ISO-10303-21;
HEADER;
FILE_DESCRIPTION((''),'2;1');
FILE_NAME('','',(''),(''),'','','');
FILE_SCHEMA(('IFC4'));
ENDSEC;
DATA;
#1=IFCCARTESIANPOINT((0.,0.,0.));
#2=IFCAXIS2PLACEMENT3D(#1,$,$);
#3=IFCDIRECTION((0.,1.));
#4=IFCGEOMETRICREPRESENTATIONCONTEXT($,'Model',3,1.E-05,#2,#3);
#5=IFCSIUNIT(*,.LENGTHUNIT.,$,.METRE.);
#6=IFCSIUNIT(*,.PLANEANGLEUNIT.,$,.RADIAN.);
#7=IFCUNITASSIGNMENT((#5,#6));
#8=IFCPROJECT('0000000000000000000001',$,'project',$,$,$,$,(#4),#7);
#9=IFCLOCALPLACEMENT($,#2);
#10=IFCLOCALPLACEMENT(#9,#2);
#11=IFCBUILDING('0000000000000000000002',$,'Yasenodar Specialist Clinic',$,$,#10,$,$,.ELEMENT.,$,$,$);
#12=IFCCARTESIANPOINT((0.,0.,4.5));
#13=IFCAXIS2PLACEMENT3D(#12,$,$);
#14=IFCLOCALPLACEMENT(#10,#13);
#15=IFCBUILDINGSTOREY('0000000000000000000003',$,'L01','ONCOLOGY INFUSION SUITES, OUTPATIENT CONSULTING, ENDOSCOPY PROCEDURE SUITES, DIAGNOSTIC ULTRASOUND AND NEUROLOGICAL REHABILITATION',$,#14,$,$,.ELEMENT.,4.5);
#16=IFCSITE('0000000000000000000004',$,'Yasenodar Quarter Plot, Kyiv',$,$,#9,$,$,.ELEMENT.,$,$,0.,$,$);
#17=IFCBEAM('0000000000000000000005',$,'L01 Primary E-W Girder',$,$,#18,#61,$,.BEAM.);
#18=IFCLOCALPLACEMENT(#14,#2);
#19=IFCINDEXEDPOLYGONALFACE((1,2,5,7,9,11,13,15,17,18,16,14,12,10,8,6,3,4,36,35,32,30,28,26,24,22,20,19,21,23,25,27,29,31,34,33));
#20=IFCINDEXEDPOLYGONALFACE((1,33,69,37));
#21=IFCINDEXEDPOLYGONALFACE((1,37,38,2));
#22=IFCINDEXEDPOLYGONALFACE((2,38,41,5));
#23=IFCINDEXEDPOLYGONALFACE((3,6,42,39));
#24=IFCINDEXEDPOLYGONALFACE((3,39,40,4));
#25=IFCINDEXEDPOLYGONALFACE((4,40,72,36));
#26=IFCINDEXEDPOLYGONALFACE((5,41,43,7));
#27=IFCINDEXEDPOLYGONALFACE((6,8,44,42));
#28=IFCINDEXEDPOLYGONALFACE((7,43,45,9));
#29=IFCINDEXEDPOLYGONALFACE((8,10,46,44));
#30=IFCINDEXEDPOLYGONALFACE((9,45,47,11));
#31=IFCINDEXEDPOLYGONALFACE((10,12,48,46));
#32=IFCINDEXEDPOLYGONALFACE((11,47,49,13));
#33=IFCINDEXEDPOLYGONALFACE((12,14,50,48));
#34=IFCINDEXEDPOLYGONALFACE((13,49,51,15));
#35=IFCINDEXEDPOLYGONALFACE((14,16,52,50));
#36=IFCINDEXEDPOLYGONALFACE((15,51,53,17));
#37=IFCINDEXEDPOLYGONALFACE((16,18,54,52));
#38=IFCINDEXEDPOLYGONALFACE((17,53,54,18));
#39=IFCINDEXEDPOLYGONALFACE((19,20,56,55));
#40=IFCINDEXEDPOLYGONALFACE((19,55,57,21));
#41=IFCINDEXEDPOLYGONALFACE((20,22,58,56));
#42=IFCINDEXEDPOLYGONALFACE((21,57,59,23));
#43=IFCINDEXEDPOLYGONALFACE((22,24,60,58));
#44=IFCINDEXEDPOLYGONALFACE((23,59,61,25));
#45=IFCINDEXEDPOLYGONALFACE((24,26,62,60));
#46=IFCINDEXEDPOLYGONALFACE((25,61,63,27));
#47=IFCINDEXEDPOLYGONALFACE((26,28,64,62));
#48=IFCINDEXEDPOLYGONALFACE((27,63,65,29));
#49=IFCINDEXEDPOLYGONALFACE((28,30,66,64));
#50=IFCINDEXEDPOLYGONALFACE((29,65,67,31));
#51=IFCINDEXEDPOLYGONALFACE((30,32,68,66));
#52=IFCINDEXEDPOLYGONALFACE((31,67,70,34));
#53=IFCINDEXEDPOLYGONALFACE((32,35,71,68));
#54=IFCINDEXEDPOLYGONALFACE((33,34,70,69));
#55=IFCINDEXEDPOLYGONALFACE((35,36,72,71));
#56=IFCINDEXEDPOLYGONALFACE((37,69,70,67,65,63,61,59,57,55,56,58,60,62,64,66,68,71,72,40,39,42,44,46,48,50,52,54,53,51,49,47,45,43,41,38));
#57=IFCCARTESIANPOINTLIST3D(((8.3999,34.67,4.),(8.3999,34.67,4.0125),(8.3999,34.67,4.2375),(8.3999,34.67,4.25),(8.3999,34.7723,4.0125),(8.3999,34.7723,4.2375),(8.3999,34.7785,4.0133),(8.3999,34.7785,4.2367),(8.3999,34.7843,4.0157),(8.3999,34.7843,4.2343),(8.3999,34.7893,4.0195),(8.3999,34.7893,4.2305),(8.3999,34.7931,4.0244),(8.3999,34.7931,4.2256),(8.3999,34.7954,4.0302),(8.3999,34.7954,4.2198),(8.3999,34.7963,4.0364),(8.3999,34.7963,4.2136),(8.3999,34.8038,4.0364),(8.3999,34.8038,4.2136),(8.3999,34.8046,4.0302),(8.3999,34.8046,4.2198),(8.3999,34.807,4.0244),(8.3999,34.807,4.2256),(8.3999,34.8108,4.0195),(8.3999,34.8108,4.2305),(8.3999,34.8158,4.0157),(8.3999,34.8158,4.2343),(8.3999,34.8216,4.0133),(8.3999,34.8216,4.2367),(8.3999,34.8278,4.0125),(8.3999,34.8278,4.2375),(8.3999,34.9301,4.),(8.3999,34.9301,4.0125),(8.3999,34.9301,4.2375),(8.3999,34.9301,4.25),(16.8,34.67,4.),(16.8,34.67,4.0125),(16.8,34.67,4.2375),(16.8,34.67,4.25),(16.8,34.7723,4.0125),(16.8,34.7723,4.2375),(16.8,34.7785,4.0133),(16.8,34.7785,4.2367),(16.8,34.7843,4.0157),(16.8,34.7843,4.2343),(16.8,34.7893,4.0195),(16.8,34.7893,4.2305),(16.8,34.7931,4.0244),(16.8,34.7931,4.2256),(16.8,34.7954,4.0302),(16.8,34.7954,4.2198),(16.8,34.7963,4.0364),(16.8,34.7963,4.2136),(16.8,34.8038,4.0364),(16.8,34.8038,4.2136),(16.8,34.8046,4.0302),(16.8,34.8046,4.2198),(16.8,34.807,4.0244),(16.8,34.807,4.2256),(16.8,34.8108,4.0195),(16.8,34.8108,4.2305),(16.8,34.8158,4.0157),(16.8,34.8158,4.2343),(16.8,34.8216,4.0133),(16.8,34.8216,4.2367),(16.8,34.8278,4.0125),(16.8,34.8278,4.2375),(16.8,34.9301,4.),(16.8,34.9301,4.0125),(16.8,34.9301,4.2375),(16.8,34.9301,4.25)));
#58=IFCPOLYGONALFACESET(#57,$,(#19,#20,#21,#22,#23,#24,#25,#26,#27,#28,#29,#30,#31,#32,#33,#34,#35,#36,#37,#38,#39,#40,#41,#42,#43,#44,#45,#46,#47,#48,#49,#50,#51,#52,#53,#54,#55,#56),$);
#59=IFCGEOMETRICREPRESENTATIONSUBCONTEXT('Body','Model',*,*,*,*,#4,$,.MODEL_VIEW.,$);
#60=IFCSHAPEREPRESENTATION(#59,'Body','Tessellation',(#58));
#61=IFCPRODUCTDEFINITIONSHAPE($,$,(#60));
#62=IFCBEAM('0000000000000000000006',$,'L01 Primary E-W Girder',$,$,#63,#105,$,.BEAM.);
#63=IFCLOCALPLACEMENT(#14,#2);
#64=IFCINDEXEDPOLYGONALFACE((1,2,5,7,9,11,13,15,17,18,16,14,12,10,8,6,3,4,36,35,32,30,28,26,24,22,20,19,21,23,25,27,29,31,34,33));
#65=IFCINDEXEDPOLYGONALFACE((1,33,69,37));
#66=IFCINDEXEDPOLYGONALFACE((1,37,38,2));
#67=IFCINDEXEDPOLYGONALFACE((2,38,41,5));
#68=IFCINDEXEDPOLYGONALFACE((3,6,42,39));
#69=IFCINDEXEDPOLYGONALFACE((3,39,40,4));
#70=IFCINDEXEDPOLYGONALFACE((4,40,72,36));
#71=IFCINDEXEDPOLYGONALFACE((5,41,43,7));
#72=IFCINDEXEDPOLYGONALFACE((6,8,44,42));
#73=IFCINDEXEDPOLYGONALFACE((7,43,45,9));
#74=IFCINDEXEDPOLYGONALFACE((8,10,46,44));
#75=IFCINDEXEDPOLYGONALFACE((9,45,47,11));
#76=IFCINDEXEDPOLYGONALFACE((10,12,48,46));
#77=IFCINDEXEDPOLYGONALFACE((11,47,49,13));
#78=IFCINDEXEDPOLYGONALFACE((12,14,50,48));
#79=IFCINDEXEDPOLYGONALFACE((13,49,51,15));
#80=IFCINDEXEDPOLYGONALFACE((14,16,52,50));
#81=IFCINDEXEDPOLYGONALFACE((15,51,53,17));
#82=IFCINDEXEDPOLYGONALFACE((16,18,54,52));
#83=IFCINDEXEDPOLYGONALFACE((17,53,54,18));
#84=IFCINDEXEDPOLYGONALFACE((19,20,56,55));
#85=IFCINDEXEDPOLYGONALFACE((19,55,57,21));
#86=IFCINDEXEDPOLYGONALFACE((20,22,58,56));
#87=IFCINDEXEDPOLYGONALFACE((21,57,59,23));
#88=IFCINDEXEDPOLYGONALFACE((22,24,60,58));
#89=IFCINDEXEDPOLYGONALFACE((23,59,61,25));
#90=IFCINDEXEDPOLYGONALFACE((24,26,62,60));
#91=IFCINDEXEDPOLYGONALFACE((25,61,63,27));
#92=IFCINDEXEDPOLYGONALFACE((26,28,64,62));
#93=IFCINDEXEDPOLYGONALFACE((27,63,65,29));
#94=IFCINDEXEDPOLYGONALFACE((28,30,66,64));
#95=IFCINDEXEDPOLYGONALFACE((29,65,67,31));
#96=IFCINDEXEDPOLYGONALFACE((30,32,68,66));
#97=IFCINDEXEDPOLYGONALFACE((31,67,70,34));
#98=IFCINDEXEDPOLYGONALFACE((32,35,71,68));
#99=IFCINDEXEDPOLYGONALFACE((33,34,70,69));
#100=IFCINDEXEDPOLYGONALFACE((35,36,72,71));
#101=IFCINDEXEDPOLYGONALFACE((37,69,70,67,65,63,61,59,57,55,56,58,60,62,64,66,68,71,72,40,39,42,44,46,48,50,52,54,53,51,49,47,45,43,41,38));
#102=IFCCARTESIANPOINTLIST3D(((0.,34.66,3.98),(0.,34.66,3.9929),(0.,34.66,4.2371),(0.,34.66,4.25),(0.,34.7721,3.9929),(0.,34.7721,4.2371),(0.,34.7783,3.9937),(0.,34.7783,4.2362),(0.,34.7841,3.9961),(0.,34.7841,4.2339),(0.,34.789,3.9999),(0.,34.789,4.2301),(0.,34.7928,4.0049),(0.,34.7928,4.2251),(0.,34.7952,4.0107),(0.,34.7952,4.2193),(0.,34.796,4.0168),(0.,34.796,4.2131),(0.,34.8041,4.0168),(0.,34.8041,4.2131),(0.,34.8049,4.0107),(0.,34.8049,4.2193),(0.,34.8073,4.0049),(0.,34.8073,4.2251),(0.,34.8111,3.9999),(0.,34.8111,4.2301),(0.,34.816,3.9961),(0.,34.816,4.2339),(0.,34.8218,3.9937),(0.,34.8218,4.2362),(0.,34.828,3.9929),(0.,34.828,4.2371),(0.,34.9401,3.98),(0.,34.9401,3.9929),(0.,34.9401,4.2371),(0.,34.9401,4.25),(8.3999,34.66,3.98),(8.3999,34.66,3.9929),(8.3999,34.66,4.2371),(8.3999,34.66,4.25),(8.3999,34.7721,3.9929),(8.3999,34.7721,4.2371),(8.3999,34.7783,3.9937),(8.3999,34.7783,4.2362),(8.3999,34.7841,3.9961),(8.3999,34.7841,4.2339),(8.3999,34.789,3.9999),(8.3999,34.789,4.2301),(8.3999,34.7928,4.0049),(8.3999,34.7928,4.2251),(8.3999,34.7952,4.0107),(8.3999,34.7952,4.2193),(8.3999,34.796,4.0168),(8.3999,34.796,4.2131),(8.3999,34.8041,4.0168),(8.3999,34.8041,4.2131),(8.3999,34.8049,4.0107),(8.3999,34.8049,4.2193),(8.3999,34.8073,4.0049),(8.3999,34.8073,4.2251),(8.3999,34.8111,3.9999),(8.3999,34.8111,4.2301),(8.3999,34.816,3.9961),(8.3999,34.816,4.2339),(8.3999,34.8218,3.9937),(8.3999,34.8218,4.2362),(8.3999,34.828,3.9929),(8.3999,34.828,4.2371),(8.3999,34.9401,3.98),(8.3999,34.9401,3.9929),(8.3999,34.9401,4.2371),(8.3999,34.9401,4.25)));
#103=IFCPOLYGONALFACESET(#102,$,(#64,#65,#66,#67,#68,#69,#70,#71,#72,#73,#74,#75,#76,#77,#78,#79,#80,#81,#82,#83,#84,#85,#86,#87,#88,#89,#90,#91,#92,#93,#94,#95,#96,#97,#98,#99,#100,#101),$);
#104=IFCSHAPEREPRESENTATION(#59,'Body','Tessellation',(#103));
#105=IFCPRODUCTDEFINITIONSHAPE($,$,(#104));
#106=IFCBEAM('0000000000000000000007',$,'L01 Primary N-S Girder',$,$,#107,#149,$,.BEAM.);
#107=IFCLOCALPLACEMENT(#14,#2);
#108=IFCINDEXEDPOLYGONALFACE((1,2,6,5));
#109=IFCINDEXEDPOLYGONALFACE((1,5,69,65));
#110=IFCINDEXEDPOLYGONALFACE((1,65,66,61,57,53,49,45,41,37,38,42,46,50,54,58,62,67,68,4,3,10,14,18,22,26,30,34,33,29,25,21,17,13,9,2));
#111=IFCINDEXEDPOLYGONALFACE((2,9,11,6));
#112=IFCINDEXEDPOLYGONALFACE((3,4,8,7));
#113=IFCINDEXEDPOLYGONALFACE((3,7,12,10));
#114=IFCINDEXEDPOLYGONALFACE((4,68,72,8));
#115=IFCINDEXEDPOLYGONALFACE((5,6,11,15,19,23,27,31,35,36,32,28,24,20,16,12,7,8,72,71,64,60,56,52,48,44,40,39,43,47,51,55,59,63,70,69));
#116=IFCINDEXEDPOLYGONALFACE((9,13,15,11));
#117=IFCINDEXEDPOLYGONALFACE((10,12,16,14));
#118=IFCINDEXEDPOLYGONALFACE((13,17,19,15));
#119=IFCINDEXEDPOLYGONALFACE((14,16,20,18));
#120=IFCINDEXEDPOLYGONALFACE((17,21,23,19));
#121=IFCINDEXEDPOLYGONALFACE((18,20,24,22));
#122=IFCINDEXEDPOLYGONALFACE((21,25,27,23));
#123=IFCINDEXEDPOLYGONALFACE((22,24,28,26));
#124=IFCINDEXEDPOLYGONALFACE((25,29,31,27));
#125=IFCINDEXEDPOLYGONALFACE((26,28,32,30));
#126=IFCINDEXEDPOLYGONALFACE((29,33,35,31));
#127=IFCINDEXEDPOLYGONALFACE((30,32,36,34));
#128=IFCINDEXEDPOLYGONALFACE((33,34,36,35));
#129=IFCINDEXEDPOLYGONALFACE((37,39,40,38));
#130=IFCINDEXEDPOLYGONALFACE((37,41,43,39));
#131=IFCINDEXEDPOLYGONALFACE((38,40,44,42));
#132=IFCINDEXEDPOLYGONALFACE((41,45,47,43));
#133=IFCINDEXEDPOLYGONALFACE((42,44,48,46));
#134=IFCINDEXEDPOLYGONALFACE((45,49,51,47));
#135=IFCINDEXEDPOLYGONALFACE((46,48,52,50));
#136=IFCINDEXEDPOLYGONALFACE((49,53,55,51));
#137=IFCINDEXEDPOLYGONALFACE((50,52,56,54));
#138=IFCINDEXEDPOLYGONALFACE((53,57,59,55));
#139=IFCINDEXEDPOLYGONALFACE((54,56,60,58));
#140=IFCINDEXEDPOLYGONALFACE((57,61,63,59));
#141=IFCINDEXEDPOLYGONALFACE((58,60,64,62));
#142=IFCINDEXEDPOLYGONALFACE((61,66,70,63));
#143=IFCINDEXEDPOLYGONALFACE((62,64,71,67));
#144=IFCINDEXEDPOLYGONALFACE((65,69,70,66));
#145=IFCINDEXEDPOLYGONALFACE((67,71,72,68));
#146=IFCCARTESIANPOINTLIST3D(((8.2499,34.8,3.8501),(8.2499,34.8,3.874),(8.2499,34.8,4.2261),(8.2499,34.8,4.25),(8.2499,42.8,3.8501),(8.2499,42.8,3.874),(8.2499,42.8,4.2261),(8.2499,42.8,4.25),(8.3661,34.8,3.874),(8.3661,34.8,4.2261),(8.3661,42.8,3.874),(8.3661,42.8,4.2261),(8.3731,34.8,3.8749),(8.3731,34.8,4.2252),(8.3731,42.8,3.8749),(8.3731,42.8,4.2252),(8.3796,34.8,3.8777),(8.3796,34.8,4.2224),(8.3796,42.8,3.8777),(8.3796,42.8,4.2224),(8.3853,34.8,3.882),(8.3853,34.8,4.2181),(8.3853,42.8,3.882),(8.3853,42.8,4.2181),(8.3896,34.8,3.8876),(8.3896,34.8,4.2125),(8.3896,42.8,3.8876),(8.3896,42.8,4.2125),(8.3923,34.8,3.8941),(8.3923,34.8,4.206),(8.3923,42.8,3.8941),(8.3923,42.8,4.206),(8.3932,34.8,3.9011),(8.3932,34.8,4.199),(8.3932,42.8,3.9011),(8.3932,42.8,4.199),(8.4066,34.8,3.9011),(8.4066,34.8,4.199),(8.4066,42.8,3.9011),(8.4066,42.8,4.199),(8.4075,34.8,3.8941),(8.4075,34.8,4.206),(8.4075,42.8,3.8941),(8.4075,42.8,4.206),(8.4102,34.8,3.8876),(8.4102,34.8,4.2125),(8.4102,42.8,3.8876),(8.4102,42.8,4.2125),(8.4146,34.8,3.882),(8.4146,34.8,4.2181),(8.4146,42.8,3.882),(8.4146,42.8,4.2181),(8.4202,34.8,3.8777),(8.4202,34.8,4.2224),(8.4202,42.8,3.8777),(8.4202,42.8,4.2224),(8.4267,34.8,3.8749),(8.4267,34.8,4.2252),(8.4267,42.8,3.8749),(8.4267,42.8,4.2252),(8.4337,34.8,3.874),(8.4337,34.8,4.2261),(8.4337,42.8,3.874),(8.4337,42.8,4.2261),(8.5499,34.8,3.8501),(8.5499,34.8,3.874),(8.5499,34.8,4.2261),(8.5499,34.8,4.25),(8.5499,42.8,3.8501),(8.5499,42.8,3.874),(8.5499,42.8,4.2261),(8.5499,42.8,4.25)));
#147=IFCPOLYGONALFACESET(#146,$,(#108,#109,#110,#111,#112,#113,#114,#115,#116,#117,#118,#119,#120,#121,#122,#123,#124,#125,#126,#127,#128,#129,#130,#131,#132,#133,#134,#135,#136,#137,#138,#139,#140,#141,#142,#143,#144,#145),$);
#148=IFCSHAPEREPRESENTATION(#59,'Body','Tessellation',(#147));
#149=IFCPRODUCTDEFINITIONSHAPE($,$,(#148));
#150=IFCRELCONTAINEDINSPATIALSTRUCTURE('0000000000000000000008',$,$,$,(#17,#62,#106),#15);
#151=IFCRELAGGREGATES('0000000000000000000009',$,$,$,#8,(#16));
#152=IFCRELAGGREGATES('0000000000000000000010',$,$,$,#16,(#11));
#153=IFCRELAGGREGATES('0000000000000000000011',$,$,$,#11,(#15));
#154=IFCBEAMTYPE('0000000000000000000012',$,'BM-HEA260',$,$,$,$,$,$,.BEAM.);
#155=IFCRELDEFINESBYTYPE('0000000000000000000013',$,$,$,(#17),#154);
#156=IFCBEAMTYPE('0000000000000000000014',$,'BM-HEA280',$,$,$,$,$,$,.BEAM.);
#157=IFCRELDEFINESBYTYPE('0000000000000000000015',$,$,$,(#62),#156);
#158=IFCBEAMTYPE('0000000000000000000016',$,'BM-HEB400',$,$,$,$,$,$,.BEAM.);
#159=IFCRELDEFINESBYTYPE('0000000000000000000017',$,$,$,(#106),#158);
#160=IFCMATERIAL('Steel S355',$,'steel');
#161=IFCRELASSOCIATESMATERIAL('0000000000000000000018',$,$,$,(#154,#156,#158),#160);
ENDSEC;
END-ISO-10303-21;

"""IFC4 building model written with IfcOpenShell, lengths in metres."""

from ifc_helpers import new_model, si_unit, direction, frame, origin, origin_2d, place, context, subcontext, project, spatial, i_section, extrude, material, material_profile, profile_set, type_object, element, save


model = new_model("IFC4")

# Units and contexts
model_context = context("Model", 3, precision=1e-05, world=origin(), true_north=direction((0.0, 1.0)))
body_context = subcontext(model_context, "Body", "Model", "MODEL_VIEW")
ifc_project = project(units=[si_unit("LENGTHUNIT", "METRE"), si_unit("PLANEANGLEUNIT", "RADIAN")], contexts=[model_context])

# Site, building, storey
site_placement = place(None, origin())
site = spatial("IfcSite", under=ifc_project, at=site_placement, Name="Yasenodar Quarter Plot, Kyiv", CompositionType="ELEMENT", RefElevation=0.0)
building_placement = place(site_placement, origin())
building = spatial("IfcBuilding", under=site, at=building_placement, Name="Yasenodar Specialist Clinic", CompositionType="ELEMENT")
storey_placement = place(building_placement, frame((0.0, 0.0, 4.5)))
storey = spatial("IfcBuildingStorey", under=building, at=storey_placement, Name="L01", Description="ONCOLOGY INFUSION SUITES, OUTPATIENT CONSULTING, ENDOSCOPY PROCEDURE SUITES, DIAGNOSTIC ULTRASOUND AND NEUROLOGICAL REHABILITATION", CompositionType="ELEMENT", Elevation=4.5)

# Shared definitions
ifc_material_1 = material(Name="Steel S355", Category="steel")

# Beams
ifc_material_profile_1 = material_profile(ifc_material_1, i_section(OverallWidth=0.26, OverallDepth=0.25, WebThickness=0.0076, FlangeThickness=0.0125, FilletRadius=0.0239, at=origin_2d()), Name="HEA 260")
ifc_profile_set_1 = profile_set([ifc_material_profile_1], Name="Steel S355")
beam_type_1 = type_object("IfcBeamType", Name="BM-HEA260", PredefinedType="BEAM", material=ifc_profile_set_1)
for number, where, z_axis, x_axis, name in (
    (1, (8.3999, 34.8, 4.125), (1.0, 0.0, 0.0), (0.0, 1.0, 0.0), "L01 Primary E-W Girder"),
):
    element("IfcBeam", number, at=place(storey_placement, frame(where, z_axis=z_axis, x_axis=x_axis)), inside=storey, type_object=beam_type_1, Name=name, PredefinedType="BEAM", context=body_context, shape_type="SweptSolid", body=[
        extrude(i_section(OverallWidth=0.26, OverallDepth=0.25, WebThickness=0.0076, FlangeThickness=0.0125, FilletRadius=0.0239, at=origin_2d()), origin(), (0.0, 0.0, 1.0), 8.4001),
    ])
ifc_material_profile_2 = material_profile(ifc_material_1, i_section(OverallWidth=0.28, OverallDepth=0.27, WebThickness=0.0081, FlangeThickness=0.0129, FilletRadius=0.0239, at=origin_2d()), Name="HEA 280")
ifc_profile_set_2 = profile_set([ifc_material_profile_2], Name="Steel S355")
beam_type_2 = type_object("IfcBeamType", Name="BM-HEA280", PredefinedType="BEAM", material=ifc_profile_set_2)
beam_1_placement = place(storey_placement, frame((0.0, 34.8, 4.115), z_axis=(1.0, 0.0, 0.0), x_axis=(0.0, 1.0, 0.0)))
element("IfcBeam", 2, at=beam_1_placement, inside=storey, type_object=beam_type_2, Name="L01 Primary E-W Girder", PredefinedType="BEAM", context=body_context, shape_type="SweptSolid", body=[
    extrude(i_section(OverallWidth=0.28, OverallDepth=0.27, WebThickness=0.0081, FlangeThickness=0.0129, FilletRadius=0.0239, at=origin_2d()), origin(), (0.0, 0.0, 1.0), 8.3999),
])
ifc_material_profile_3 = material_profile(ifc_material_1, i_section(OverallWidth=0.3, OverallDepth=0.3999, WebThickness=0.0134, FlangeThickness=0.0239, FilletRadius=0.0271, at=origin_2d()), Name="HEB 400")
ifc_profile_set_3 = profile_set([ifc_material_profile_3], Name="Steel S355")
beam_type_3 = type_object("IfcBeamType", Name="BM-HEB400", PredefinedType="BEAM", material=ifc_profile_set_3)
beam_2_placement = place(storey_placement, frame((8.3999, 34.8, 4.05), z_axis=(0.0, 1.0, 0.0), x_axis=(-1.0, 0.0, 0.0)))
element("IfcBeam", 3, at=beam_2_placement, inside=storey, type_object=beam_type_3, Name="L01 Primary N-S Girder", PredefinedType="BEAM", context=body_context, shape_type="SweptSolid", body=[
    extrude(i_section(OverallWidth=0.3, OverallDepth=0.3999, WebThickness=0.0134, FlangeThickness=0.0239, FilletRadius=0.0271, at=origin_2d()), origin(), (0.0, 0.0, 1.0), 8.0),
])

save(model, "model.ifc")
